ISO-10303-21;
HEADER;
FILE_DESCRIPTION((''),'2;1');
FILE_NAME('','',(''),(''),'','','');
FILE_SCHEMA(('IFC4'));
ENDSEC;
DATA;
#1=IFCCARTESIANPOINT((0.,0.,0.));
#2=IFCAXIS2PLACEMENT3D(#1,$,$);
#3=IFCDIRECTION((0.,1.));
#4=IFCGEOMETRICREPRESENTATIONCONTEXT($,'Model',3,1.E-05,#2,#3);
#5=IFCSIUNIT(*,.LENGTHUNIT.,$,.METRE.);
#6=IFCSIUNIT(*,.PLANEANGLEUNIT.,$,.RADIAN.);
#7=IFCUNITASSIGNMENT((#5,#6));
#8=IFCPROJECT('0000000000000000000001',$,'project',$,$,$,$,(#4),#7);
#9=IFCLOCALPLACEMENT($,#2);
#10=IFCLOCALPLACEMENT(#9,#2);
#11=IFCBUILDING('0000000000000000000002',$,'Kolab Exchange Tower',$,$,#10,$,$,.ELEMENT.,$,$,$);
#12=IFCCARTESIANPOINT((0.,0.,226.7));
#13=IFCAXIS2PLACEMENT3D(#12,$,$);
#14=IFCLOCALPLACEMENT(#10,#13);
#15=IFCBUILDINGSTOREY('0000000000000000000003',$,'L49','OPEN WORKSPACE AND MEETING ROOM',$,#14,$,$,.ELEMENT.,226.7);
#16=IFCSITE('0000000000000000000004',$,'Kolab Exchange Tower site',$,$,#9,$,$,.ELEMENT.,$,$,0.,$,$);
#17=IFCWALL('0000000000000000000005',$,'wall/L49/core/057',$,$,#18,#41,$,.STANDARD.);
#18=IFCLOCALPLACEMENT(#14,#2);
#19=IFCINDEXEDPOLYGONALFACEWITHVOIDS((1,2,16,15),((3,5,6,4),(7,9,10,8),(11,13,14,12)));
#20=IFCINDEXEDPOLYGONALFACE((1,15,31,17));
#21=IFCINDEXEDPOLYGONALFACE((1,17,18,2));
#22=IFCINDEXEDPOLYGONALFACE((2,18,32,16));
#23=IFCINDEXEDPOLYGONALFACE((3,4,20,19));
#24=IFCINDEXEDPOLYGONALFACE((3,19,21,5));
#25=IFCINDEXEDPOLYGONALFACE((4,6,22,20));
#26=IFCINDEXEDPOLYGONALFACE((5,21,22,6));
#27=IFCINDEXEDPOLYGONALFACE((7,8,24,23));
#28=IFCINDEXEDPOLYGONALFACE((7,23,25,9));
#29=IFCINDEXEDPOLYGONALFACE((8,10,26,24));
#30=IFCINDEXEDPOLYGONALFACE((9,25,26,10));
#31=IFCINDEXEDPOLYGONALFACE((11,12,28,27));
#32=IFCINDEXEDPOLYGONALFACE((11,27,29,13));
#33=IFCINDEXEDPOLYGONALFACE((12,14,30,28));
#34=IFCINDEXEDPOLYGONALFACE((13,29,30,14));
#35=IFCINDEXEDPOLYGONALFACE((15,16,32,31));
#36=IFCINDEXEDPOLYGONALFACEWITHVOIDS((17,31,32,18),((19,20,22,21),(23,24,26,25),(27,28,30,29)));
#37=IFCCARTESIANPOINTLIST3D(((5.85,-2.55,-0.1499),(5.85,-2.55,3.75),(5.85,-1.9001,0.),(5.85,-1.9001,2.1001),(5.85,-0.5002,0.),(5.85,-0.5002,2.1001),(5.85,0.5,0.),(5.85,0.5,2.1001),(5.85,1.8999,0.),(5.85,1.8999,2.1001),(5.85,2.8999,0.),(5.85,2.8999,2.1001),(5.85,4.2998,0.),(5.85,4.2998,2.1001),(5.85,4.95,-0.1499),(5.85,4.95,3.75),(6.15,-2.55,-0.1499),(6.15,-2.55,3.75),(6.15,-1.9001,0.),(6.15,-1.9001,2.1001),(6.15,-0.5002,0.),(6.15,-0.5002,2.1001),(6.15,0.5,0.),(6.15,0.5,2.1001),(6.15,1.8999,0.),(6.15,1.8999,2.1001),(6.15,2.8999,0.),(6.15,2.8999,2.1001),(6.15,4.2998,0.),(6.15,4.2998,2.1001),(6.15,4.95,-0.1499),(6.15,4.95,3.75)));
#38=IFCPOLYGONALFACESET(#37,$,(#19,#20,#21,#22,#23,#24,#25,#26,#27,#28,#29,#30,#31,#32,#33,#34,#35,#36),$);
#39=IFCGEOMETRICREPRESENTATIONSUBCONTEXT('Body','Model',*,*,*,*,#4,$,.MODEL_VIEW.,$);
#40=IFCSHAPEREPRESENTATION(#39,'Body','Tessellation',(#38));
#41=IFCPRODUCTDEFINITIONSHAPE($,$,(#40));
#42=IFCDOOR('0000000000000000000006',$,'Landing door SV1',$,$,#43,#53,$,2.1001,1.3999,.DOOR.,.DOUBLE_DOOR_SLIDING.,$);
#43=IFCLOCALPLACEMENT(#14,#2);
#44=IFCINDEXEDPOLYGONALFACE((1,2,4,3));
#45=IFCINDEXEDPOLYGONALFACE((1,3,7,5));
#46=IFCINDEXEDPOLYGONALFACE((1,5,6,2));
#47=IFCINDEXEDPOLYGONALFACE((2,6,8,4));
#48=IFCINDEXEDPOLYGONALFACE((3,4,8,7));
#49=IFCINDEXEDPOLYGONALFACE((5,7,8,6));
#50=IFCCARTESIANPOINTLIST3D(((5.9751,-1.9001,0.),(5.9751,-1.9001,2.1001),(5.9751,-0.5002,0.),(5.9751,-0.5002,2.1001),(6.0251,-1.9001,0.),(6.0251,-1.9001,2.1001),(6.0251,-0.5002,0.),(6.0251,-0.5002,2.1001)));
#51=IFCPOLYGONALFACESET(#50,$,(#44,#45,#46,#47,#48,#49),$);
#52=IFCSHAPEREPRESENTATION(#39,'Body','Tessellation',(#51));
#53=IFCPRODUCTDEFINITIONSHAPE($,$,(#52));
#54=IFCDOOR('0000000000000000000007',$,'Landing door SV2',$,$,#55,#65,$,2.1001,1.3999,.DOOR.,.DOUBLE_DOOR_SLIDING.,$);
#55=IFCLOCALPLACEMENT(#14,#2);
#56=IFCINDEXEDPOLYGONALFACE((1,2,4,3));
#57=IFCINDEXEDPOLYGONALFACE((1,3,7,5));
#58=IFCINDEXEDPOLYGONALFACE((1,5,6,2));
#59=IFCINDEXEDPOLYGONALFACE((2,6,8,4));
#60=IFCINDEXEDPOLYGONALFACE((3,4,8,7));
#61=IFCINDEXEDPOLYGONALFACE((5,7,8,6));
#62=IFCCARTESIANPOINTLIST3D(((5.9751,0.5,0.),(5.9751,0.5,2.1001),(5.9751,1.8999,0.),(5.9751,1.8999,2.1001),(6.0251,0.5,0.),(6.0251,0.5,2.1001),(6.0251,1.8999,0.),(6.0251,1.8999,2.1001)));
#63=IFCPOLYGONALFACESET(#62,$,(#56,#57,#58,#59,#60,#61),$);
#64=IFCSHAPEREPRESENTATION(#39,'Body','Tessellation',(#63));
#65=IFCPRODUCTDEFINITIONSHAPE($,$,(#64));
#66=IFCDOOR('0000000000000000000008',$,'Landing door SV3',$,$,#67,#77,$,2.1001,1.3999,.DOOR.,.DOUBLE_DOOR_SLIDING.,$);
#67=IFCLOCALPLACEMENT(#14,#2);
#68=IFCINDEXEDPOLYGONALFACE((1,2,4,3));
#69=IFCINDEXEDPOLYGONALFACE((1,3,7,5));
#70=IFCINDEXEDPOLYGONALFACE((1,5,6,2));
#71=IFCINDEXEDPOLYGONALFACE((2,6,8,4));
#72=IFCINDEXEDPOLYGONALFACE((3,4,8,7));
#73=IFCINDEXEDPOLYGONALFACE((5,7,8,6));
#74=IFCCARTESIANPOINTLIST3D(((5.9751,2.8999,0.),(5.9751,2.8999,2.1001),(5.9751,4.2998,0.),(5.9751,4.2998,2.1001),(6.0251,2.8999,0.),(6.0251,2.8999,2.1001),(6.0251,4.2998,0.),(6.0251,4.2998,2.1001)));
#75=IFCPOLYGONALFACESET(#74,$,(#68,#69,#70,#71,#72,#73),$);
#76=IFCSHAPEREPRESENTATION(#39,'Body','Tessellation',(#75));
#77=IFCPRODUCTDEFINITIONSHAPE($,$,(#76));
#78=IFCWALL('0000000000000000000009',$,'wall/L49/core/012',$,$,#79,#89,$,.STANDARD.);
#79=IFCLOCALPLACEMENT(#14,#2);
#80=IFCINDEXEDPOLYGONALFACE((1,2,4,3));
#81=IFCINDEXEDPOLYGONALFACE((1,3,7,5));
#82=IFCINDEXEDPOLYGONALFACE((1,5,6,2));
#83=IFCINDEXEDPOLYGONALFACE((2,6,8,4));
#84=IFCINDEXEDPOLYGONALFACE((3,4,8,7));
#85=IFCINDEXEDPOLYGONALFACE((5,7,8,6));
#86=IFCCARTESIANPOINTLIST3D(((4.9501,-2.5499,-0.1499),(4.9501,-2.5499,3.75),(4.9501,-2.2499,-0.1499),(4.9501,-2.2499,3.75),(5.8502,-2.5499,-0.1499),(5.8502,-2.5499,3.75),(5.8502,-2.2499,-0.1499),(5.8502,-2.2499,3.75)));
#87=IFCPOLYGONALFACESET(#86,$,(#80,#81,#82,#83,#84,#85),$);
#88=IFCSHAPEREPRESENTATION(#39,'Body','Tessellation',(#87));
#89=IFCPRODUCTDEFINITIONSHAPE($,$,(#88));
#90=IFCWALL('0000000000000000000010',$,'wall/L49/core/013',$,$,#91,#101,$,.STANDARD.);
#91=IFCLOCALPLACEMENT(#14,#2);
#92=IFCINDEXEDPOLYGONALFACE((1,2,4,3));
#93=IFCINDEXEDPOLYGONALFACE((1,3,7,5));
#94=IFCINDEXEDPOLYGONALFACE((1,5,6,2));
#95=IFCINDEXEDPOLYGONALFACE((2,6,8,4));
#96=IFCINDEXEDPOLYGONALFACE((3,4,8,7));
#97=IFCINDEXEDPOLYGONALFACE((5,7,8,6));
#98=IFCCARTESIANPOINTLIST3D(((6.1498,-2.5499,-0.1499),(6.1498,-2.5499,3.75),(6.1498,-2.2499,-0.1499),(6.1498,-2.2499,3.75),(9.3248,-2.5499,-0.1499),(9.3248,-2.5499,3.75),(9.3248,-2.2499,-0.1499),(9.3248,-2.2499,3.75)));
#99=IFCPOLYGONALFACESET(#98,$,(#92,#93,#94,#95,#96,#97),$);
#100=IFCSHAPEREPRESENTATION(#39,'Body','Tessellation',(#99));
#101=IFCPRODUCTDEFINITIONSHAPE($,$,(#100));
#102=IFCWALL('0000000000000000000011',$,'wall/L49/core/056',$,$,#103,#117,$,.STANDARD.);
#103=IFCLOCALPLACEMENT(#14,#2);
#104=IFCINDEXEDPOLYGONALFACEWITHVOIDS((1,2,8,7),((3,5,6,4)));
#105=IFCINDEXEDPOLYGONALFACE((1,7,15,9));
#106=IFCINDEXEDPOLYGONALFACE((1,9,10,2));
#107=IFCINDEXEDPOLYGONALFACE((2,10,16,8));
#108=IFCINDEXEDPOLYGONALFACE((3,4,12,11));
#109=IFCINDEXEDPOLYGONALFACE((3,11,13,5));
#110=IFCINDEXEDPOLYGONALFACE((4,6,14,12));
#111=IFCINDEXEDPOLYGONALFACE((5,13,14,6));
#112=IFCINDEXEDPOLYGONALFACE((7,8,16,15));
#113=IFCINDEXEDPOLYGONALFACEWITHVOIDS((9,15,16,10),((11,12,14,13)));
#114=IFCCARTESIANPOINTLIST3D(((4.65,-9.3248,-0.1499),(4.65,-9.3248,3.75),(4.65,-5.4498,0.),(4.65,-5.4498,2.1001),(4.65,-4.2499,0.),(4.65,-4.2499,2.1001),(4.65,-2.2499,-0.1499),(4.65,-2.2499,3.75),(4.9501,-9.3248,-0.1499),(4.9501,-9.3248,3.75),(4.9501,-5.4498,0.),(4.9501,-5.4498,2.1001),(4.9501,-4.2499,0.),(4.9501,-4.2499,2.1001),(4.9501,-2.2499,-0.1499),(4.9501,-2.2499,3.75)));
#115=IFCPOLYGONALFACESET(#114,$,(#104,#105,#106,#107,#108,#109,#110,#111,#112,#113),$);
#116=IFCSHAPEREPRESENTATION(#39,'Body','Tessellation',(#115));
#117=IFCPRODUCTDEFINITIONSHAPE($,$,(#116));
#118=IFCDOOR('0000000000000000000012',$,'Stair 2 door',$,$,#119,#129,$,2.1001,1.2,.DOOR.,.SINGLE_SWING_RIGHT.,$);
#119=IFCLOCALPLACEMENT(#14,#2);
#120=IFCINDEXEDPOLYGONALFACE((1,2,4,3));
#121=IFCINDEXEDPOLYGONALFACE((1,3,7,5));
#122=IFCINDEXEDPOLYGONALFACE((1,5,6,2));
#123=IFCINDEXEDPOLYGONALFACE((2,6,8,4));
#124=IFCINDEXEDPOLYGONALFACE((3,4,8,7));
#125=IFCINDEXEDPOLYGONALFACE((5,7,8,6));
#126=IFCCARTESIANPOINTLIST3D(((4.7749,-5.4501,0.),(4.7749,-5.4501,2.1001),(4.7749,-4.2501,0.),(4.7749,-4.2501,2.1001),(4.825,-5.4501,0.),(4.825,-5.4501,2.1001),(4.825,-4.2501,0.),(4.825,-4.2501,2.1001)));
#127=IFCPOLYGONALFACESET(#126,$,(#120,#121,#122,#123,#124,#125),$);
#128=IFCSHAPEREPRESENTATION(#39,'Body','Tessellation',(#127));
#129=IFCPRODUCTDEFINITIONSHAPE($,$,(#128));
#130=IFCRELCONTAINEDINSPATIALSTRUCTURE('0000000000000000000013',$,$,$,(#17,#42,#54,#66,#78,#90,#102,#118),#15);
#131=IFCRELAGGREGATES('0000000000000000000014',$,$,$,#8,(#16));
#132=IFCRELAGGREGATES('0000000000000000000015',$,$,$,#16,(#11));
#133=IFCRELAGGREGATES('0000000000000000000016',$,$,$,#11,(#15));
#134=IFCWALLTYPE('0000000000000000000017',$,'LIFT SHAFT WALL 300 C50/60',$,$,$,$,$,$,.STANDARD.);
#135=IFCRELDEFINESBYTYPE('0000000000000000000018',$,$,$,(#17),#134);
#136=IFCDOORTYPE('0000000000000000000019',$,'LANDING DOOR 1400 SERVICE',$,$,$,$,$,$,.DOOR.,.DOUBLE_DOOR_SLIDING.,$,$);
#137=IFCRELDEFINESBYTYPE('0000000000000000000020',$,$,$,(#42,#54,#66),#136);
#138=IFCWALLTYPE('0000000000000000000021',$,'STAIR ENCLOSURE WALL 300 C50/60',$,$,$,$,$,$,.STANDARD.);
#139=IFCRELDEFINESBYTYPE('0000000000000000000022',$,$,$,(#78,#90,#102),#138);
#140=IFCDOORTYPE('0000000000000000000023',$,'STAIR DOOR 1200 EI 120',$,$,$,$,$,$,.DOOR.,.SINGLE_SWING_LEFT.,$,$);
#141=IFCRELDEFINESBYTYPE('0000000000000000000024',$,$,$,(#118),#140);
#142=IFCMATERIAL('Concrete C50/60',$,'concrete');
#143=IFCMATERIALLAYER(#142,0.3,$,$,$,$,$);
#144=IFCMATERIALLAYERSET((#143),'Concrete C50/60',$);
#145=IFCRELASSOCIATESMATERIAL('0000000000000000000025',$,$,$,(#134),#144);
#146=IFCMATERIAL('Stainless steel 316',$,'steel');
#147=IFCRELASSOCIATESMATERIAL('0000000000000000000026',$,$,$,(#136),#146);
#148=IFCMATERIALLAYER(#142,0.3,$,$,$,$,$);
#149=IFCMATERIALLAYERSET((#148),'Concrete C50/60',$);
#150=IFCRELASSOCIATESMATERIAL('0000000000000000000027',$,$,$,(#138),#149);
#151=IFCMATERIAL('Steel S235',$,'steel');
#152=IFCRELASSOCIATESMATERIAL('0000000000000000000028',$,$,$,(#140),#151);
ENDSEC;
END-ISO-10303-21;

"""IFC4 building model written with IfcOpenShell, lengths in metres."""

from ifc_helpers import new_model, si_unit, direction, frame, frame_2d, origin, place, context, subcontext, project, spatial, rectangle, extrude, material, layer, layer_set, type_object, element, fill, save


model = new_model("IFC4")

# Units and contexts
model_context = context("Model", 3, precision=1e-05, world=origin(), true_north=direction((0.0, 1.0)))
body_context = subcontext(model_context, "Body", "Model", "MODEL_VIEW")
ifc_project = project(units=[si_unit("LENGTHUNIT", "METRE"), si_unit("PLANEANGLEUNIT", "RADIAN")], contexts=[model_context])

# Site, building, storey
site_placement = place(None, origin())
site = spatial("IfcSite", under=ifc_project, at=site_placement, Name="Kolab Exchange Tower site", CompositionType="ELEMENT", RefElevation=0.0)
building_placement = place(site_placement, origin())
building = spatial("IfcBuilding", under=site, at=building_placement, Name="Kolab Exchange Tower", CompositionType="ELEMENT")
storey_placement = place(building_placement, frame((0.0, 0.0, 226.7)))
storey = spatial("IfcBuildingStorey", under=building, at=storey_placement, Name="L49", Description="OPEN WORKSPACE AND MEETING ROOM", CompositionType="ELEMENT", Elevation=226.7)

# Shared definitions
ifc_material_1 = material(Name="Concrete C50/60", Category="concrete")
ifc_layer_1 = layer(ifc_material_1, 0.3)
ifc_layer_set_1 = layer_set([ifc_layer_1], Name="Concrete C50/60")
wall_type_1 = type_object("IfcWallType", Name="LIFT SHAFT WALL 300 C50/60", PredefinedType="STANDARD", material=ifc_layer_set_1)
ifc_material_2 = material(Name="Stainless steel 316", Category="steel")

# Wall, openings, doors
wall_1_placement = place(storey_placement, frame((6.0, -2.55, -0.1499), z_axis=(0.0, 0.0, 1.0), x_axis=(0.0, 1.0, 0.0)))
wall_1 = element("IfcWall", 1, at=wall_1_placement, inside=storey, type_object=wall_type_1, Name="wall/L49/core/057", PredefinedType="STANDARD", context=body_context, shape_type="SweptSolid", body=[
    extrude(rectangle(XDim=7.5, YDim=0.3, at=frame_2d((3.75, 0.0))), origin(), (0.0, 0.0, 1.0), 3.8999),
])
opening_1_placement = place(wall_1_placement, frame((0.6499, 0.0, 0.1499)))
opening_1 = element("IfcOpeningElement", 2, at=opening_1_placement, cuts=wall_1, PredefinedType="OPENING", context=body_context, shape_type="SweptSolid", body=[
    extrude(rectangle(XDim=1.3999, YDim=2.1001, at=frame_2d((0.7, 1.05))), frame((0.0, 0.1602, 0.0), z_axis=(0.0, -1.0, 0.0), x_axis=(1.0, 0.0, 0.0)), (0.0, 0.0, 1.0), 0.3201),
])
opening_2_placement = place(wall_1_placement, frame((3.05, 0.0, 0.1499)))
opening_2 = element("IfcOpeningElement", 3, at=opening_2_placement, cuts=wall_1, PredefinedType="OPENING", context=body_context, shape_type="SweptSolid", body=[
    extrude(rectangle(XDim=1.3999, YDim=2.1001, at=frame_2d((0.7, 1.05))), frame((0.0, 0.1602, 0.0), z_axis=(0.0, -1.0, 0.0), x_axis=(1.0, 0.0, 0.0)), (0.0, 0.0, 1.0), 0.3201),
])
opening_3_placement = place(wall_1_placement, frame((5.45, 0.0, 0.1499)))
opening_3 = element("IfcOpeningElement", 4, at=opening_3_placement, cuts=wall_1, PredefinedType="OPENING", context=body_context, shape_type="SweptSolid", body=[
    extrude(rectangle(XDim=1.3999, YDim=2.1001, at=frame_2d((0.7, 1.05))), frame((0.0, 0.1602, 0.0), z_axis=(0.0, -1.0, 0.0), x_axis=(1.0, 0.0, 0.0)), (0.0, 0.0, 1.0), 0.3201),
])
door_type_1 = type_object("IfcDoorType", Name="LANDING DOOR 1400 SERVICE", OperationType="DOUBLE_DOOR_SLIDING", PredefinedType="DOOR", material=ifc_material_2)
door_1_placement = place(opening_1_placement, origin())
door_1 = element("IfcDoor", 5, at=door_1_placement, inside=storey, type_object=door_type_1, Name="Landing door SV1", OperationType="DOUBLE_DOOR_SLIDING", OverallHeight=2.1001, OverallWidth=1.3999, PredefinedType="DOOR", context=body_context, shape_type="SweptSolid", body=[
    extrude(rectangle(XDim=1.3999, YDim=2.1001, at=frame_2d((0.7, 1.05))), frame((0.0, 0.0249, 0.0), z_axis=(0.0, -1.0, 0.0), x_axis=(1.0, 0.0, 0.0)), (0.0, 0.0, 1.0), 0.05),
])
fill(opening_1, door_1)
door_2_placement = place(opening_2_placement, origin())
door_2 = element("IfcDoor", 6, at=door_2_placement, inside=storey, type_object=door_type_1, Name="Landing door SV2", OperationType="DOUBLE_DOOR_SLIDING", OverallHeight=2.1001, OverallWidth=1.3999, PredefinedType="DOOR", context=body_context, shape_type="SweptSolid", body=[
    extrude(rectangle(XDim=1.3999, YDim=2.1001, at=frame_2d((0.7, 1.05))), frame((0.0, 0.0249, 0.0), z_axis=(0.0, -1.0, 0.0), x_axis=(1.0, 0.0, 0.0)), (0.0, 0.0, 1.0), 0.05),
])
fill(opening_2, door_2)
door_3_placement = place(opening_3_placement, origin())
door_3 = element("IfcDoor", 7, at=door_3_placement, inside=storey, type_object=door_type_1, Name="Landing door SV3", OperationType="DOUBLE_DOOR_SLIDING", OverallHeight=2.1001, OverallWidth=1.3999, PredefinedType="DOOR", context=body_context, shape_type="SweptSolid", body=[
    extrude(rectangle(XDim=1.3999, YDim=2.1001, at=frame_2d((0.7, 1.05))), frame((0.0, 0.0249, 0.0), z_axis=(0.0, -1.0, 0.0), x_axis=(1.0, 0.0, 0.0)), (0.0, 0.0, 1.0), 0.05),
])
fill(opening_3, door_3)

# Walls
ifc_layer_2 = layer(ifc_material_1, 0.3)
ifc_layer_set_2 = layer_set([ifc_layer_2], Name="Concrete C50/60")
wall_type_2 = type_object("IfcWallType", Name="STAIR ENCLOSURE WALL 300 C50/60", PredefinedType="STANDARD", material=ifc_layer_set_2)
wall_2_placement = place(storey_placement, frame((4.95, -2.3999, -0.1499), z_axis=(0.0, 0.0, 1.0), x_axis=(1.0, 0.0, 0.0)))
element("IfcWall", 8, at=wall_2_placement, inside=storey, type_object=wall_type_2, Name="wall/L49/core/012", PredefinedType="STANDARD", context=body_context, shape_type="SweptSolid", body=[
    extrude(rectangle(XDim=0.9001, YDim=0.3, at=frame_2d((0.4502, 0.0))), origin(), (0.0, 0.0, 1.0), 3.8999),
])
wall_3_placement = place(storey_placement, frame((6.1499, -2.3999, -0.1499), z_axis=(0.0, 0.0, 1.0), x_axis=(1.0, 0.0, 0.0)))
element("IfcWall", 9, at=wall_3_placement, inside=storey, type_object=wall_type_2, Name="wall/L49/core/013", PredefinedType="STANDARD", context=body_context, shape_type="SweptSolid", body=[
    extrude(rectangle(XDim=3.175, YDim=0.3, at=frame_2d((1.5874, 0.0))), origin(), (0.0, 0.0, 1.0), 3.8999),
])

# Wall, opening, door
wall_4_placement = place(storey_placement, frame((4.8, -9.325, -0.1499), z_axis=(0.0, 0.0, 1.0), x_axis=(0.0, 1.0, 0.0)))
wall_4 = element("IfcWall", 10, at=wall_4_placement, inside=storey, type_object=wall_type_2, Name="wall/L49/core/056", PredefinedType="STANDARD", context=body_context, shape_type="SweptSolid", body=[
    extrude(rectangle(XDim=7.075, YDim=0.3, at=frame_2d((3.5376, 0.0))), origin(), (0.0, 0.0, 1.0), 3.8999),
])
opening_4_placement = place(wall_4_placement, frame((3.875, 0.0, 0.1499)))
opening_4 = element("IfcOpeningElement", 11, at=opening_4_placement, cuts=wall_4, PredefinedType="OPENING", context=body_context, shape_type="SweptSolid", body=[
    extrude(rectangle(XDim=1.2, YDim=2.1001, at=frame_2d((0.6001, 1.05))), frame((0.0, 0.1602, 0.0), z_axis=(0.0, -1.0, 0.0), x_axis=(1.0, 0.0, 0.0)), (0.0, 0.0, 1.0), 0.3201),
])
ifc_material_3 = material(Name="Steel S235", Category="steel")
door_type_2 = type_object("IfcDoorType", Name="STAIR DOOR 1200 EI 120", OperationType="SINGLE_SWING_LEFT", PredefinedType="DOOR", material=ifc_material_3)
door_4_placement = place(opening_4_placement, frame((1.2, 0.0, 0.0), z_axis=(0.0, 0.0, 1.0), x_axis=(-1.0, 0.0, 0.0)))
door_4 = element("IfcDoor", 12, at=door_4_placement, inside=storey, type_object=door_type_2, Name="Stair 2 door", OperationType="SINGLE_SWING_RIGHT", OverallHeight=2.1001, OverallWidth=1.2, PredefinedType="DOOR", context=body_context, shape_type="SweptSolid", body=[
    extrude(rectangle(XDim=1.2, YDim=2.1001, at=frame_2d((0.6001, 1.05))), frame((0.0, 0.0249, 0.0), z_axis=(0.0, -1.0, 0.0), x_axis=(1.0, 0.0, 0.0)), (0.0, 0.0, 1.0), 0.05),
])
fill(opening_4, door_4)

save(model, "model.ifc")
